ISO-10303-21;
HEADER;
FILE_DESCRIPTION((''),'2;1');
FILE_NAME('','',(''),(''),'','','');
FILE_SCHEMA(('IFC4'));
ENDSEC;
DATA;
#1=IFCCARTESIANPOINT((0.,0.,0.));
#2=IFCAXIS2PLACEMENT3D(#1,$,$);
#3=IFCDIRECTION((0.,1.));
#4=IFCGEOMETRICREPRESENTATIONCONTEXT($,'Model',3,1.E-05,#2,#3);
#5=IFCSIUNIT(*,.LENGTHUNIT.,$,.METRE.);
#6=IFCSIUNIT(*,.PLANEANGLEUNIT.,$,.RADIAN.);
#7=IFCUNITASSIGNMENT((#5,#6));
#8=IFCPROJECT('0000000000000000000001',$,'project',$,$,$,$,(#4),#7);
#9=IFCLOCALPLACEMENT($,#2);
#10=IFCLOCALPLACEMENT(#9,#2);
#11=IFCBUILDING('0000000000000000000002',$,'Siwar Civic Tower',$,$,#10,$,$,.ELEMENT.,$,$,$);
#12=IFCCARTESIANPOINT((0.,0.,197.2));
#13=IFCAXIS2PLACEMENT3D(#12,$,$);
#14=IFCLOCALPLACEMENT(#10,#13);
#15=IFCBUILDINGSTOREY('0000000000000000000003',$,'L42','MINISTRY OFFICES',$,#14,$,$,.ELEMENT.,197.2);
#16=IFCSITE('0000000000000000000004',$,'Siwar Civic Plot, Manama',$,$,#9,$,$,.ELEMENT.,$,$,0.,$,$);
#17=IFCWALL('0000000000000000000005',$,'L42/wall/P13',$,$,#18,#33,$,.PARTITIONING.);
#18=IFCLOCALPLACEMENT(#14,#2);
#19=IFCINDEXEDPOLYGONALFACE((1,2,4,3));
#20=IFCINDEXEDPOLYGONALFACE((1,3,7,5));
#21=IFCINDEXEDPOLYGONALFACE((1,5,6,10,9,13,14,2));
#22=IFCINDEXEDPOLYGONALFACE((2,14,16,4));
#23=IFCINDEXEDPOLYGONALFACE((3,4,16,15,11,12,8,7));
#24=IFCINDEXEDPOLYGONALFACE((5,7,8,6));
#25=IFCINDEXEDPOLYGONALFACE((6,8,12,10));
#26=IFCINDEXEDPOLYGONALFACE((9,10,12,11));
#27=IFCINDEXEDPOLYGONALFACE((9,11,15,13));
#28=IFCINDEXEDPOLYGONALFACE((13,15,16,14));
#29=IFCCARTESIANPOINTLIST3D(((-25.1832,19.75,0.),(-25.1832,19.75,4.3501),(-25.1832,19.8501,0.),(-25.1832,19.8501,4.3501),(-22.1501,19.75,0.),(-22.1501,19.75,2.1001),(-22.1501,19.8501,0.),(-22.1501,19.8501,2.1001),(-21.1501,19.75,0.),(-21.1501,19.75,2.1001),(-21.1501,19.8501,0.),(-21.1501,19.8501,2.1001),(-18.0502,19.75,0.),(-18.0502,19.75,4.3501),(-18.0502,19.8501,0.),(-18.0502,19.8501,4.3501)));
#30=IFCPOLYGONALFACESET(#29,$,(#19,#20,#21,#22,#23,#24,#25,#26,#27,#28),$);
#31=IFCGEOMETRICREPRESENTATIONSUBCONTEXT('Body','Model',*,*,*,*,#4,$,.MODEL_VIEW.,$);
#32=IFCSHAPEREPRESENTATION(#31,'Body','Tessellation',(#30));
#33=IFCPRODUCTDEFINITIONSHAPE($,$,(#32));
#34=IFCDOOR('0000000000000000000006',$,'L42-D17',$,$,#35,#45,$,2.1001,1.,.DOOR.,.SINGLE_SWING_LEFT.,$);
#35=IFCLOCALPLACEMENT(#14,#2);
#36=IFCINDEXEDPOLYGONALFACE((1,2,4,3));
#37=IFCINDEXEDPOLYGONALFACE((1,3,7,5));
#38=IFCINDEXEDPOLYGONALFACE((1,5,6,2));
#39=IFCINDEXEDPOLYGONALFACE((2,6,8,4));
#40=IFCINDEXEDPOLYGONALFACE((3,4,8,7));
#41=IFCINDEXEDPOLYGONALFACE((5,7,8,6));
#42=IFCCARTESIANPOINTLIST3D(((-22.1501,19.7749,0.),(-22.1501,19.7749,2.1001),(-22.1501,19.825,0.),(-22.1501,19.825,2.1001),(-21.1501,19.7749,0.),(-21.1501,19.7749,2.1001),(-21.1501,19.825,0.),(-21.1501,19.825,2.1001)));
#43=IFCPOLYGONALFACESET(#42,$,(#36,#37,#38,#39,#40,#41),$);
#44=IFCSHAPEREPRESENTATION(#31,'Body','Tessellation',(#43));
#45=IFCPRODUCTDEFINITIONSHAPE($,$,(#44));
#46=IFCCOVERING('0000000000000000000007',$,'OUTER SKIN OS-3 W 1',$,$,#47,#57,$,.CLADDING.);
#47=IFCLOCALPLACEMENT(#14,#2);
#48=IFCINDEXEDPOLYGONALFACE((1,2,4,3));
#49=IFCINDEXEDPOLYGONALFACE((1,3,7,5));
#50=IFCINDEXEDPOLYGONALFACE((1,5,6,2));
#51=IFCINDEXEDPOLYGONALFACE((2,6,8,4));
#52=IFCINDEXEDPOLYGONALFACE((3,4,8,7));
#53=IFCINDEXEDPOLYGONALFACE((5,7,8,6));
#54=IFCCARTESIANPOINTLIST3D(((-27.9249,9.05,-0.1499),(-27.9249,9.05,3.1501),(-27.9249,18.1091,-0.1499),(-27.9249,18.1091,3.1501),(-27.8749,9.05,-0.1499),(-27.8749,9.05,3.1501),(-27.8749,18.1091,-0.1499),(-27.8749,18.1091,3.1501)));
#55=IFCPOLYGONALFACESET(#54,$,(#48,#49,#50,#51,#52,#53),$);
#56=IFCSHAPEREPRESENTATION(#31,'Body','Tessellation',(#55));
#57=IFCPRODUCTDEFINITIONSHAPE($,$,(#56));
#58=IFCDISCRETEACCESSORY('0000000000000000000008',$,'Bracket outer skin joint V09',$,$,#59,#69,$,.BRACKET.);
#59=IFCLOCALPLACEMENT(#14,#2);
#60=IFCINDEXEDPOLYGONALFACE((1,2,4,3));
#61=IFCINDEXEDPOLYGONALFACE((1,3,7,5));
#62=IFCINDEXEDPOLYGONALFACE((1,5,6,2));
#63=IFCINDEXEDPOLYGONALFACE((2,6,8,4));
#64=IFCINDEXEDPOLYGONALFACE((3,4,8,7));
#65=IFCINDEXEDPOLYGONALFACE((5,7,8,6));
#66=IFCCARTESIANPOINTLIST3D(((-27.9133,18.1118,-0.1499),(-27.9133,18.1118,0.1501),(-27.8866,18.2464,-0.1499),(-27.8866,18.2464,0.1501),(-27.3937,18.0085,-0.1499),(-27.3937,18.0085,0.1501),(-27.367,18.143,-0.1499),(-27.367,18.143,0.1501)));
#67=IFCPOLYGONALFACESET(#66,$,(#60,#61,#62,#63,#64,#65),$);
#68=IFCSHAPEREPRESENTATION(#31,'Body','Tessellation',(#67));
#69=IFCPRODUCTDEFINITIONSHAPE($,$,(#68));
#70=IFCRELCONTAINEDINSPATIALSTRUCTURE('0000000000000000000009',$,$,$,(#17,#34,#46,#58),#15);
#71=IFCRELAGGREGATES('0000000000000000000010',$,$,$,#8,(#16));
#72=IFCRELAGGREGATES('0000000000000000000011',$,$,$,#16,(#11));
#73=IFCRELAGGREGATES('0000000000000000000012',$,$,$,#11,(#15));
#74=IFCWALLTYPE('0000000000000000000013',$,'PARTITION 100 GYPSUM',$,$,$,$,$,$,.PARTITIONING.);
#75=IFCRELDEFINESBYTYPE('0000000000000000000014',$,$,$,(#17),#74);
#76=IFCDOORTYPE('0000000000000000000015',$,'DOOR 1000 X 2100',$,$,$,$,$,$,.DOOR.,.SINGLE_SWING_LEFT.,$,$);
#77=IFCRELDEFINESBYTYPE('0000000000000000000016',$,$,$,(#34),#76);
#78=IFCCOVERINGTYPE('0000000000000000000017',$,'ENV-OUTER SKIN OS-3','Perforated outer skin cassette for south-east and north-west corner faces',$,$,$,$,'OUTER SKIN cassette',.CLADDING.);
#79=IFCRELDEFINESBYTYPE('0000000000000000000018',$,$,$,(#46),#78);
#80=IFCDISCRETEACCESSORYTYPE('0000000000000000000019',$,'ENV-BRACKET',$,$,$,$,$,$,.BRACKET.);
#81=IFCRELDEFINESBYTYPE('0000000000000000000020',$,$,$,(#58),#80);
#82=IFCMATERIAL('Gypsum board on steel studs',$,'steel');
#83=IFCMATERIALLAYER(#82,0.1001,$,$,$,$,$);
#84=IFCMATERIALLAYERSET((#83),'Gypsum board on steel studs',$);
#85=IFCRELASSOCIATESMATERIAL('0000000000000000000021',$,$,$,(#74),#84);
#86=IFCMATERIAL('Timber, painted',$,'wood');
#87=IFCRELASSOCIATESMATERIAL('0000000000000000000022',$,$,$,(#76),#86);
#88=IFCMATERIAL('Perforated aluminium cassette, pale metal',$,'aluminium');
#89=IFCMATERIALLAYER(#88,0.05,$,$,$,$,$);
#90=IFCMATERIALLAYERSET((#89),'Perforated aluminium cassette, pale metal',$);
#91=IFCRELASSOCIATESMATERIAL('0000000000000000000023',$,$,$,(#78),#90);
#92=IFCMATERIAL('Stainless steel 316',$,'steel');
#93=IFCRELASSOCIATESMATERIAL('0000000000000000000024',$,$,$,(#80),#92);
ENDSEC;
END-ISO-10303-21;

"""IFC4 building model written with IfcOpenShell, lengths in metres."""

from ifc_helpers import new_model, si_unit, direction, frame, frame_2d, origin, origin_2d, place, context, subcontext, project, spatial, rectangle, extrude, material, layer, layer_set, type_object, element, fill, save


model = new_model("IFC4")

# Units and contexts
model_context = context("Model", 3, precision=1e-05, world=origin(), true_north=direction((0.0, 1.0)))
body_context = subcontext(model_context, "Body", "Model", "MODEL_VIEW")
ifc_project = project(units=[si_unit("LENGTHUNIT", "METRE"), si_unit("PLANEANGLEUNIT", "RADIAN")], contexts=[model_context])

# Site, building, storey
site_placement = place(None, origin())
site = spatial("IfcSite", under=ifc_project, at=site_placement, Name="Siwar Civic Plot, Manama", CompositionType="ELEMENT", RefElevation=0.0)
building_placement = place(site_placement, origin())
building = spatial("IfcBuilding", under=site, at=building_placement, Name="Siwar Civic Tower", CompositionType="ELEMENT")
storey_placement = place(building_placement, frame((0.0, 0.0, 197.2)))
storey = spatial("IfcBuildingStorey", under=building, at=storey_placement, Name="L42", Description="MINISTRY OFFICES", CompositionType="ELEMENT", Elevation=197.2)

# Wall, opening, door
ifc_material_1 = material(Name="Gypsum board on steel studs", Category="steel")
ifc_layer_1 = layer(ifc_material_1, 0.1001)
ifc_layer_set_1 = layer_set([ifc_layer_1], Name="Gypsum board on steel studs")
wall_type_1 = type_object("IfcWallType", Name="PARTITION 100 GYPSUM", PredefinedType="PARTITIONING", material=ifc_layer_set_1)
wall_1_placement = place(storey_placement, frame((-25.1831, 19.8, 0.0), z_axis=(0.0, 0.0, 1.0), x_axis=(1.0, 0.0, 0.0)))
wall_1 = element("IfcWall", 1, at=wall_1_placement, inside=storey, type_object=wall_type_1, Name="L42/wall/P13", PredefinedType="PARTITIONING", context=body_context, shape_type="SweptSolid", body=[
    extrude(rectangle(XDim=7.1331, YDim=0.1001, at=frame_2d((3.5664, 0.0))), origin(), (0.0, 0.0, 1.0), 4.3501),
])
opening_1_placement = place(wall_1_placement, frame((3.033, 0.0, 0.0)))
opening_1 = element("IfcOpeningElement", 2, at=opening_1_placement, cuts=wall_1, PredefinedType="OPENING", context=body_context, shape_type="SweptSolid", body=[
    extrude(rectangle(XDim=1.0, YDim=2.1001, at=frame_2d((0.5, 1.05))), frame((0.0, 0.0601, 0.0), z_axis=(0.0, -1.0, 0.0), x_axis=(1.0, 0.0, 0.0)), (0.0, 0.0, 1.0), 0.1201),
])
ifc_material_2 = material(Name="Timber, painted", Category="wood")
door_type_1 = type_object("IfcDoorType", Name="DOOR 1000 X 2100", OperationType="SINGLE_SWING_LEFT", PredefinedType="DOOR", material=ifc_material_2)
door_1_placement = place(opening_1_placement, origin())
door_1 = element("IfcDoor", 3, at=door_1_placement, inside=storey, type_object=door_type_1, Name="L42-D17", OperationType="SINGLE_SWING_LEFT", OverallHeight=2.1001, OverallWidth=1.0, PredefinedType="DOOR", context=body_context, shape_type="SweptSolid", body=[
    extrude(rectangle(XDim=1.0, YDim=2.1001, at=frame_2d((0.5, 1.05))), frame((0.0, 0.0249, 0.0), z_axis=(0.0, -1.0, 0.0), x_axis=(1.0, 0.0, 0.0)), (0.0, 0.0, 1.0), 0.05),
])
fill(opening_1, door_1)

# Covering
ifc_material_3 = material(Name="Perforated aluminium cassette, pale metal", Category="aluminium")
ifc_layer_2 = layer(ifc_material_3, 0.05)
ifc_layer_set_2 = layer_set([ifc_layer_2], Name="Perforated aluminium cassette, pale metal")
covering_type = type_object("IfcCoveringType", Name="ENV-OUTER SKIN OS-3", Description="Perforated outer skin cassette for south-east and north-west corner faces", ElementType="OUTER SKIN cassette", PredefinedType="CLADDING", material=ifc_layer_set_2)
covering_placement = place(storey_placement, frame((-27.8999, 13.5796, -0.1499), z_axis=(0.0, 0.0, 1.0), x_axis=(0.0, -1.0, 0.0)))
element("IfcCovering", 4, at=covering_placement, inside=storey, type_object=covering_type, Name="OUTER SKIN OS-3 W 1", PredefinedType="CLADDING", context=body_context, shape_type="SweptSolid", body=[
    extrude(rectangle(XDim=9.0591, YDim=0.05, at=origin_2d()), origin(), (0.0, 0.0, 1.0), 3.3),
])

# Discrete accessory
ifc_material_4 = material(Name="Stainless steel 316", Category="steel")
discrete_accessory_type = type_object("IfcDiscreteAccessoryType", Name="ENV-BRACKET", PredefinedType="BRACKET", material=ifc_material_4)
discrete_accessory_placement = place(storey_placement, frame((-27.6401, 18.1274, -0.1499), z_axis=(0.0, 0.0, 1.0), x_axis=(-0.980785, 0.19509, 0.0)))
element("IfcDiscreteAccessory", 5, at=discrete_accessory_placement, inside=storey, type_object=discrete_accessory_type, Name="Bracket outer skin joint V09", PredefinedType="BRACKET", context=body_context, shape_type="SweptSolid", body=[
    extrude(rectangle(XDim=0.5298, YDim=0.1372, at=origin_2d()), origin(), (0.0, 0.0, 1.0), 0.3),
])

save(model, "model.ifc")
